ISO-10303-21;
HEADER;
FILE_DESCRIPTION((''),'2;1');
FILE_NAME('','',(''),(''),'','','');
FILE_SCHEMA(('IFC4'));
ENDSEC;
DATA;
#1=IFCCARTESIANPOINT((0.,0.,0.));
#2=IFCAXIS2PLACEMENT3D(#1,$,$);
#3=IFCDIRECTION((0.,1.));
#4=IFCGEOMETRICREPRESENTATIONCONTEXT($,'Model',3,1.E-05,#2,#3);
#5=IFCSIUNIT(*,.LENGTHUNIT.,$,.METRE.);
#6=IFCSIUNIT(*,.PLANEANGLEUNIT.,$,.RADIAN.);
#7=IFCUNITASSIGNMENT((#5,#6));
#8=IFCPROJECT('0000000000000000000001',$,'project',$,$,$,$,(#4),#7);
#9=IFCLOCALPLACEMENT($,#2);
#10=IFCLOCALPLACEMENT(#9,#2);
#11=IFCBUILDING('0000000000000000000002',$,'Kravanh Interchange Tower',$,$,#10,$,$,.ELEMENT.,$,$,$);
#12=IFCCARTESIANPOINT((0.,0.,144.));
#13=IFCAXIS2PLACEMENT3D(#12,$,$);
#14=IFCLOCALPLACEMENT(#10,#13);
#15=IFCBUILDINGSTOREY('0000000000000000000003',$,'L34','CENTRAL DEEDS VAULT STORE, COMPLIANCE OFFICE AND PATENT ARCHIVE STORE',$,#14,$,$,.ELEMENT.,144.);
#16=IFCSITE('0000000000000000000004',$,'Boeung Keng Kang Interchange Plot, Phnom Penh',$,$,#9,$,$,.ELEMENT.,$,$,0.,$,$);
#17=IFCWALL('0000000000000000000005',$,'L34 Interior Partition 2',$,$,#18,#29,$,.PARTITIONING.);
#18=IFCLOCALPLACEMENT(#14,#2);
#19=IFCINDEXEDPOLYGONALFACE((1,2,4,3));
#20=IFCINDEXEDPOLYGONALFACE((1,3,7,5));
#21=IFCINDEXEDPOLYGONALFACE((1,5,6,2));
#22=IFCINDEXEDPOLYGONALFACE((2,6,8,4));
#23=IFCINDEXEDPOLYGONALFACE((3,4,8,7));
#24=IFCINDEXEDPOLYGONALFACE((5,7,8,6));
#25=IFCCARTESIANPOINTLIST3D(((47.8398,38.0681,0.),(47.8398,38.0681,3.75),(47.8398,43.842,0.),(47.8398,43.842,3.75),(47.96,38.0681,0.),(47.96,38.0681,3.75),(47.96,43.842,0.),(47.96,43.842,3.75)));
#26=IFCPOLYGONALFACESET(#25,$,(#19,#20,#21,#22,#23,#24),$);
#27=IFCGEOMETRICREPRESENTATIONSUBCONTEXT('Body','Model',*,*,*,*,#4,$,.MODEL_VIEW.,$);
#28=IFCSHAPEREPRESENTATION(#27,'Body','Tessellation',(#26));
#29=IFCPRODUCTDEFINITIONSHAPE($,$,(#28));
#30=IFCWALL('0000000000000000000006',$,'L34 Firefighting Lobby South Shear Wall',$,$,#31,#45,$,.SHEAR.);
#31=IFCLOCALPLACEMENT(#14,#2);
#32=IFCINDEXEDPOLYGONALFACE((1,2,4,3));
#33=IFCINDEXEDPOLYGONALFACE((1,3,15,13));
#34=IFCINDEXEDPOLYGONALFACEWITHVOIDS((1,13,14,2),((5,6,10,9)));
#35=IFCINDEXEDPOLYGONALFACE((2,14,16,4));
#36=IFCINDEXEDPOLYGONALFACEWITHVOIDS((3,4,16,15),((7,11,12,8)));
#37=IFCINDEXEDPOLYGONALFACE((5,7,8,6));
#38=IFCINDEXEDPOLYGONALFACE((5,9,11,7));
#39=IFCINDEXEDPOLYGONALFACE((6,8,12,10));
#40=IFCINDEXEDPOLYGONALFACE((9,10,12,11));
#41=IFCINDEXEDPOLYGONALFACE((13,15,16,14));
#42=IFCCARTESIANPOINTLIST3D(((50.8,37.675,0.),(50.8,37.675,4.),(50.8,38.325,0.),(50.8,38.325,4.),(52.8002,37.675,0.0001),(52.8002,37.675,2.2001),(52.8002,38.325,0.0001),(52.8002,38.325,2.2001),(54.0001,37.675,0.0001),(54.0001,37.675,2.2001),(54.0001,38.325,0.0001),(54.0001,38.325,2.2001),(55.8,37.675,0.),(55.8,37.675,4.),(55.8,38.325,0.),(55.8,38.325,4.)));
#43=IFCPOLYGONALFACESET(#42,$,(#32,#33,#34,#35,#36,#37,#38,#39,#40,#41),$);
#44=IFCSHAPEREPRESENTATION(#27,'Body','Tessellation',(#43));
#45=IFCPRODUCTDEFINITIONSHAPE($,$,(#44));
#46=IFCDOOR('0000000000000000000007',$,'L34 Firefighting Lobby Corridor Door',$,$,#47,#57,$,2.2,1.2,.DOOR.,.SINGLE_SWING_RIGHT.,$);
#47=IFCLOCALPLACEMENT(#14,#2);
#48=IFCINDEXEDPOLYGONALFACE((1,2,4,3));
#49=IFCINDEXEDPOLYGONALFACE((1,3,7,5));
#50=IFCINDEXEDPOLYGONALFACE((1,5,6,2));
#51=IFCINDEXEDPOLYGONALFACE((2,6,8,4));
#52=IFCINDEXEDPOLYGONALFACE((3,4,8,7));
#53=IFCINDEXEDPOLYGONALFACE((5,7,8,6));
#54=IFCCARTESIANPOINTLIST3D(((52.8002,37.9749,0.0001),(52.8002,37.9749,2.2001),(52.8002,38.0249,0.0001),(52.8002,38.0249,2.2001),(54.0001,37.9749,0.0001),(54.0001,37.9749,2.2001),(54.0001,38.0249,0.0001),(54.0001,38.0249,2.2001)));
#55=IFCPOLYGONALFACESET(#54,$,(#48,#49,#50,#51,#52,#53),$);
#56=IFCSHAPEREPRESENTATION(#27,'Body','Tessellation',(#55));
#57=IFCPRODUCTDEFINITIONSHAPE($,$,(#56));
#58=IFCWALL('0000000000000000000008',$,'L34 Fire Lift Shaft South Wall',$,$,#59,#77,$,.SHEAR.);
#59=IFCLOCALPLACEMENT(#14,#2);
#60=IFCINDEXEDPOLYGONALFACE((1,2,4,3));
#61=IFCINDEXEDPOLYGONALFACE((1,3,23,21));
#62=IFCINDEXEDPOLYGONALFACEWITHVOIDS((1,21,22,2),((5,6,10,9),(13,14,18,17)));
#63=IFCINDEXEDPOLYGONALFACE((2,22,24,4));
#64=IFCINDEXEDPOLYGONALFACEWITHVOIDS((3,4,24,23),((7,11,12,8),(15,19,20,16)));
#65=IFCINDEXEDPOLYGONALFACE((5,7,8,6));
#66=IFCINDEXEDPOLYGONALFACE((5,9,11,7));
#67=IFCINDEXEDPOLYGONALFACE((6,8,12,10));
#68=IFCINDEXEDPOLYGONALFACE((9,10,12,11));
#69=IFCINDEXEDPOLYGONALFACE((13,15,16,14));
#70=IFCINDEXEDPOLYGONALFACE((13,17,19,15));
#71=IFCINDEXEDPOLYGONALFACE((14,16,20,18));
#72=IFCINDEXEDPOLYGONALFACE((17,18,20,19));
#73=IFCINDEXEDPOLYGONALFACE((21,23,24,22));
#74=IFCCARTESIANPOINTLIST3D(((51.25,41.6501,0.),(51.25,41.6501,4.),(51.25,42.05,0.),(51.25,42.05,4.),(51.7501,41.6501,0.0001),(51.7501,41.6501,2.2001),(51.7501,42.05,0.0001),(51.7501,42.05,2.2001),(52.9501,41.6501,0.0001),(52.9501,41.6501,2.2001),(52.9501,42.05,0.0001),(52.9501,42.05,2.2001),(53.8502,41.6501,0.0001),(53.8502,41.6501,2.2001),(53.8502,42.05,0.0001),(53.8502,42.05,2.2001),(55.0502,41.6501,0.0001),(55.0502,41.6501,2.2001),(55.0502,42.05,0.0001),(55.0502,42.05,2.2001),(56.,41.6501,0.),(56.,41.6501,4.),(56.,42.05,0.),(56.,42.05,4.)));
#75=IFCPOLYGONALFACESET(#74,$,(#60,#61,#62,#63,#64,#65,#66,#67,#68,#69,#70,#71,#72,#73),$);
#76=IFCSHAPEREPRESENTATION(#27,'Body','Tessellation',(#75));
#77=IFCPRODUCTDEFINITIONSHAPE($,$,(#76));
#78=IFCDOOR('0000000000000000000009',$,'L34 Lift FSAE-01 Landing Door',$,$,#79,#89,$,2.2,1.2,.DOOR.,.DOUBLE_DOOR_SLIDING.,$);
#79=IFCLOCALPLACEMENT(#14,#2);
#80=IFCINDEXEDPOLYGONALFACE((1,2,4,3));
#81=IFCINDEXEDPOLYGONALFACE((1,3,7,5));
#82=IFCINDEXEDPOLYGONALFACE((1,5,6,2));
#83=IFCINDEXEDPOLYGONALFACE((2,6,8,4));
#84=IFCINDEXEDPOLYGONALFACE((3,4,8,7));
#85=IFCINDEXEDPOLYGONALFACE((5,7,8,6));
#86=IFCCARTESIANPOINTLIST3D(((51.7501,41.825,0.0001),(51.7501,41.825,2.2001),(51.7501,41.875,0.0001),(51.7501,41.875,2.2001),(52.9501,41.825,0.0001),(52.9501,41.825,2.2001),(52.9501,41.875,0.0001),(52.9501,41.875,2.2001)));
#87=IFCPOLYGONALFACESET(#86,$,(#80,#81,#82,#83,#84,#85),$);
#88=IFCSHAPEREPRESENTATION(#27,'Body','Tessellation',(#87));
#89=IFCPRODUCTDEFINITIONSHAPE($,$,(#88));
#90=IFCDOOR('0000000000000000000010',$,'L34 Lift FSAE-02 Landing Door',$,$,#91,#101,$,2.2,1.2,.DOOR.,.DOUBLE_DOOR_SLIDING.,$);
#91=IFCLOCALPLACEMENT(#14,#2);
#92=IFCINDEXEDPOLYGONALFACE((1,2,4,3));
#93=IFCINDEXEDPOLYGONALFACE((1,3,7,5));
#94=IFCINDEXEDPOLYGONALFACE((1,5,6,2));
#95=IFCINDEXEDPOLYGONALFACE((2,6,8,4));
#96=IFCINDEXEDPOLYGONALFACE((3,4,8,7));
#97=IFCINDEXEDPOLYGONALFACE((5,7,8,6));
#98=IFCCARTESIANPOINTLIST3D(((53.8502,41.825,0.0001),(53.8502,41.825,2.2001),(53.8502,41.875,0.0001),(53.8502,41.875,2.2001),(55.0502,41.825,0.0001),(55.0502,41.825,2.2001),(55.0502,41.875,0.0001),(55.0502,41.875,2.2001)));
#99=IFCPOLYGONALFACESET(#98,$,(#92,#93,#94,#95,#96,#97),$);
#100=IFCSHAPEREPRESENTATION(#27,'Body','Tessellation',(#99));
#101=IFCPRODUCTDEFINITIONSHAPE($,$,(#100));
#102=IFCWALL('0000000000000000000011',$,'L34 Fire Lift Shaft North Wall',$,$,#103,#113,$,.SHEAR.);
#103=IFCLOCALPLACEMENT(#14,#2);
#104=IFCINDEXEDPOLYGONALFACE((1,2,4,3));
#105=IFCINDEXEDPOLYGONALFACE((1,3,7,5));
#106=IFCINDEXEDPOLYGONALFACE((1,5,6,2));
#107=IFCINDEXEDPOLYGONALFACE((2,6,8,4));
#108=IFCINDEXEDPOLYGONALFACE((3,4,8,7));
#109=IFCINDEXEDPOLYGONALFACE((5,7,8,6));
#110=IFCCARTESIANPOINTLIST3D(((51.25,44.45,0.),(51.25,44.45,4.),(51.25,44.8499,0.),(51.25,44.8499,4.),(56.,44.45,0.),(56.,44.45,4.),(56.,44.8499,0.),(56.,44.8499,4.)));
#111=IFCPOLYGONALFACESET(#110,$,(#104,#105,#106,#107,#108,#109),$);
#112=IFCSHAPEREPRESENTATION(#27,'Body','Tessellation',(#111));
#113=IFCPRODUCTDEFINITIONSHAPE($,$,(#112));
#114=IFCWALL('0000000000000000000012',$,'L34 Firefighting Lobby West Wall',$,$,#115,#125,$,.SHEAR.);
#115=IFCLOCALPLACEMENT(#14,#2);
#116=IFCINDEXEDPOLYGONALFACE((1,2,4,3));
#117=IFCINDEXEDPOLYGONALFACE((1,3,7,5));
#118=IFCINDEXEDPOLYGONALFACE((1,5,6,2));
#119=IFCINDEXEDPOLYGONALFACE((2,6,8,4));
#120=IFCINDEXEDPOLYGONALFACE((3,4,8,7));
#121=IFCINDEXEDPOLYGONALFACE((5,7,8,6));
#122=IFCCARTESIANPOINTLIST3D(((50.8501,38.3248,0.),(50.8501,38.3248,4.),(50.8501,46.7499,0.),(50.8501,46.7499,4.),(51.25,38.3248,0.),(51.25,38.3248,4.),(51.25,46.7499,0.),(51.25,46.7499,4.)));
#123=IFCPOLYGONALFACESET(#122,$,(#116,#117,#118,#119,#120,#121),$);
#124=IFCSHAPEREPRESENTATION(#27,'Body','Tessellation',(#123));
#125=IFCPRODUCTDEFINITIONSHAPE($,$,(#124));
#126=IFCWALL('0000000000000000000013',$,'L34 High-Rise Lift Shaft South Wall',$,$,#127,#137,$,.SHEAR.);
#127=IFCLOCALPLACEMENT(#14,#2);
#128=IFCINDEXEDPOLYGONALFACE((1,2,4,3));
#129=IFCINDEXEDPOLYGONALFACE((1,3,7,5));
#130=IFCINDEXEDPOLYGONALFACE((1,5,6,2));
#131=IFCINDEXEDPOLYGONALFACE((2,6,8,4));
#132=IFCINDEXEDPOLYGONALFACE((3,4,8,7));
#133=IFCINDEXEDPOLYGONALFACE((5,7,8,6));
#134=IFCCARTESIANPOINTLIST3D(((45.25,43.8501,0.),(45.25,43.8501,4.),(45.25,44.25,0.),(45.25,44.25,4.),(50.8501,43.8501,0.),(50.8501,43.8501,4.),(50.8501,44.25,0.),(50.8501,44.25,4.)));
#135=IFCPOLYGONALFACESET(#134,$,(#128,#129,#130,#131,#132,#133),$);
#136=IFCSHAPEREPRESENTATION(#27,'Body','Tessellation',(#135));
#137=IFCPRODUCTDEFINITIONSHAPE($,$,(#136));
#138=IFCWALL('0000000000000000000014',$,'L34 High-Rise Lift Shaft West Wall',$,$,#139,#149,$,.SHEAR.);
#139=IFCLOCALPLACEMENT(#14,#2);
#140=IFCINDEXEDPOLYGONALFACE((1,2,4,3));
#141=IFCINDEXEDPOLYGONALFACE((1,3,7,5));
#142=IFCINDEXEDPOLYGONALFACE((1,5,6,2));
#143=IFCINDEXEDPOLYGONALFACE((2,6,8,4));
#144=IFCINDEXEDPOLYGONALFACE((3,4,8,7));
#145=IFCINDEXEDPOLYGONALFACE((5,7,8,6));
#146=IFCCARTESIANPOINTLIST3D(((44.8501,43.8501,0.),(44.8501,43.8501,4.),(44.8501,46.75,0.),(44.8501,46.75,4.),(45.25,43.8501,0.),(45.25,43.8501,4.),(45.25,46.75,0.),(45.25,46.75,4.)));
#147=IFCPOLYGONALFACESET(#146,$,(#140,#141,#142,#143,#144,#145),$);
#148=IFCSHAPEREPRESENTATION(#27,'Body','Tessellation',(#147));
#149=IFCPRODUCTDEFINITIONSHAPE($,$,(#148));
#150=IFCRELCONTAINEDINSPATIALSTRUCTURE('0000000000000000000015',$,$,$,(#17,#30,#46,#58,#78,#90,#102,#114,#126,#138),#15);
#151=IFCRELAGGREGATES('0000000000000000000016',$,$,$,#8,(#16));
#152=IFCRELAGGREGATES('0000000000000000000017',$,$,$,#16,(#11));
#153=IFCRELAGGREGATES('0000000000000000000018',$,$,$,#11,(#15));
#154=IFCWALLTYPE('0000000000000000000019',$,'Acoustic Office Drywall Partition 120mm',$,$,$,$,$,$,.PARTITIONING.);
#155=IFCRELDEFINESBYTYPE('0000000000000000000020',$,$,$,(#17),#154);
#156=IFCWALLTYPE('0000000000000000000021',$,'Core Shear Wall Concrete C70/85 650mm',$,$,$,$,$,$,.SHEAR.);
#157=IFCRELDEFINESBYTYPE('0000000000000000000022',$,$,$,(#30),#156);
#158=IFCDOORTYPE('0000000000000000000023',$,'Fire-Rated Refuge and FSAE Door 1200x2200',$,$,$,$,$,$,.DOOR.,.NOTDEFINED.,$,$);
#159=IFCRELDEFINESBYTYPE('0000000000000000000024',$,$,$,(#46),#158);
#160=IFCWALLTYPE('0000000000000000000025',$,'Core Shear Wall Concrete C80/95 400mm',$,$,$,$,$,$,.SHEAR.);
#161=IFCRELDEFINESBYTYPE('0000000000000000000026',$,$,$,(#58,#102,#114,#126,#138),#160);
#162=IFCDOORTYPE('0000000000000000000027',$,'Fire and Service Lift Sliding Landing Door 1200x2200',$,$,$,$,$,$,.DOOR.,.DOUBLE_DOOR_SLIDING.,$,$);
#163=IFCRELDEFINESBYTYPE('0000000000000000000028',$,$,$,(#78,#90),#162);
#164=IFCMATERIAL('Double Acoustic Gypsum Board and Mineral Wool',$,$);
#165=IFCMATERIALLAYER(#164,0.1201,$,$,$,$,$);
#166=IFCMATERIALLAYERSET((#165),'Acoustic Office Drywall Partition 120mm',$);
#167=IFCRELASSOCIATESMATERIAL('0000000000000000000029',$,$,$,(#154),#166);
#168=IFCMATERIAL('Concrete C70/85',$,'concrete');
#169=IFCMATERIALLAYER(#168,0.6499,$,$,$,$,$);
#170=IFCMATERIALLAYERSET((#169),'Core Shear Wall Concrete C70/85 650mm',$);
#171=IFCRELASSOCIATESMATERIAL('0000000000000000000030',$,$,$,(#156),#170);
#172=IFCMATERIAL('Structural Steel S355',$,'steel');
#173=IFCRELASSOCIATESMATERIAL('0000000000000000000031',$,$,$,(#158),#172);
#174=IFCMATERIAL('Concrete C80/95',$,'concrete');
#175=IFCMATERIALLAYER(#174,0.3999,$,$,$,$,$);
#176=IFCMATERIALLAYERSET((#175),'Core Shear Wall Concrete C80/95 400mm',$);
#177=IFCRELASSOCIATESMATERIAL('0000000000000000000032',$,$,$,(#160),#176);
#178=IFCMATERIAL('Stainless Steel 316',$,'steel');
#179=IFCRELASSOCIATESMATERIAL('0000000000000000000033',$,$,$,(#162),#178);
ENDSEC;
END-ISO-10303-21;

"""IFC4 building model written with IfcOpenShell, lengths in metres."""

from ifc_helpers import new_model, si_unit, direction, frame, frame_2d, origin, place, context, subcontext, project, spatial, rectangle, extrude, material, layer, layer_set, type_object, element, fill, save


model = new_model("IFC4")

# Units and contexts
model_context = context("Model", 3, precision=1e-05, world=origin(), true_north=direction((0.0, 1.0)))
body_context = subcontext(model_context, "Body", "Model", "MODEL_VIEW")
ifc_project = project(units=[si_unit("LENGTHUNIT", "METRE"), si_unit("PLANEANGLEUNIT", "RADIAN")], contexts=[model_context])

# Site, building, storey
site_placement = place(None, origin())
site = spatial("IfcSite", under=ifc_project, at=site_placement, Name="Boeung Keng Kang Interchange Plot, Phnom Penh", CompositionType="ELEMENT", RefElevation=0.0)
building_placement = place(site_placement, origin())
building = spatial("IfcBuilding", under=site, at=building_placement, Name="Kravanh Interchange Tower", CompositionType="ELEMENT")
storey_placement = place(building_placement, frame((0.0, 0.0, 144.0)))
storey = spatial("IfcBuildingStorey", under=building, at=storey_placement, Name="L34", Description="CENTRAL DEEDS VAULT STORE, COMPLIANCE OFFICE AND PATENT ARCHIVE STORE", CompositionType="ELEMENT", Elevation=144.0)

# Wall
ifc_material_1 = material(Name="Double Acoustic Gypsum Board and Mineral Wool")
ifc_layer_1 = layer(ifc_material_1, 0.1201)
ifc_layer_set_1 = layer_set([ifc_layer_1], Name="Acoustic Office Drywall Partition 120mm")
wall_type_1 = type_object("IfcWallType", Name="Acoustic Office Drywall Partition 120mm", PredefinedType="PARTITIONING", material=ifc_layer_set_1)
wall_1_placement = place(storey_placement, frame((47.8999, 38.0681, 0.0), z_axis=(0.0, 0.0, 1.0), x_axis=(0.0, 1.0, 0.0)))
element("IfcWall", 1, at=wall_1_placement, inside=storey, type_object=wall_type_1, Name="L34 Interior Partition 2", PredefinedType="PARTITIONING", context=body_context, shape_type="SweptSolid", body=[
    extrude(rectangle(XDim=5.7739, YDim=0.1201, at=frame_2d((2.887, 0.0))), origin(), (0.0, 0.0, 1.0), 3.75),
])

# Shared definitions
ifc_material_2 = material(Name="Concrete C70/85", Category="concrete")
ifc_layer_2 = layer(ifc_material_2, 0.6499)
ifc_layer_set_2 = layer_set([ifc_layer_2], Name="Core Shear Wall Concrete C70/85 650mm")
wall_type_2 = type_object("IfcWallType", Name="Core Shear Wall Concrete C70/85 650mm", PredefinedType="SHEAR", material=ifc_layer_set_2)

# Wall, opening, door
wall_2_placement = place(storey_placement, frame((50.8, 38.0, 0.0), z_axis=(0.0, 0.0, 1.0), x_axis=(1.0, 0.0, 0.0)))
wall_2 = element("IfcWall", 2, at=wall_2_placement, inside=storey, type_object=wall_type_2, Name="L34 Firefighting Lobby South Shear Wall", PredefinedType="SHEAR", context=body_context, shape_type="SweptSolid", body=[
    extrude(rectangle(XDim=5.0, YDim=0.6499, at=frame_2d((2.5, 0.0))), origin(), (0.0, 0.0, 1.0), 4.0),
])
opening_1_placement = place(wall_2_placement, frame((2.0, 0.0, 0.0)))
opening_1 = element("IfcOpeningElement", 3, at=opening_1_placement, cuts=wall_2, PredefinedType="OPENING", context=body_context, shape_type="SweptSolid", body=[
    extrude(rectangle(XDim=1.2, YDim=2.2, at=frame_2d((0.6001, 1.1001))), frame((0.0, 0.335, 0.0), z_axis=(0.0, -1.0, 0.0), x_axis=(1.0, 0.0, 0.0)), (0.0, 0.0, 1.0), 0.6699),
])
ifc_material_3 = material(Name="Structural Steel S355", Category="steel")
door_type_1 = type_object("IfcDoorType", Name="Fire-Rated Refuge and FSAE Door 1200x2200", OperationType="NOTDEFINED", PredefinedType="DOOR", material=ifc_material_3)
door_1_placement = place(opening_1_placement, origin())
door_1 = element("IfcDoor", 4, at=door_1_placement, inside=storey, type_object=door_type_1, Name="L34 Firefighting Lobby Corridor Door", OperationType="SINGLE_SWING_RIGHT", OverallHeight=2.2, OverallWidth=1.2, PredefinedType="DOOR", context=body_context, shape_type="SweptSolid", body=[
    extrude(rectangle(XDim=1.2, YDim=2.2, at=frame_2d((0.6001, 1.1001))), frame((0.0, 0.0249, 0.0), z_axis=(0.0, -1.0, 0.0), x_axis=(1.0, 0.0, 0.0)), (0.0, 0.0, 1.0), 0.05),
])
fill(opening_1, door_1)

# Wall, openings, doors
ifc_material_4 = material(Name="Concrete C80/95", Category="concrete")
ifc_layer_3 = layer(ifc_material_4, 0.3999)
ifc_layer_set_3 = layer_set([ifc_layer_3], Name="Core Shear Wall Concrete C80/95 400mm")
wall_type_3 = type_object("IfcWallType", Name="Core Shear Wall Concrete C80/95 400mm", PredefinedType="SHEAR", material=ifc_layer_set_3)
wall_3_placement = place(storey_placement, frame((51.25, 41.8501, 0.0), z_axis=(0.0, 0.0, 1.0), x_axis=(1.0, 0.0, 0.0)))
wall_3 = element("IfcWall", 5, at=wall_3_placement, inside=storey, type_object=wall_type_3, Name="L34 Fire Lift Shaft South Wall", PredefinedType="SHEAR", context=body_context, shape_type="SweptSolid", body=[
    extrude(rectangle(XDim=4.75, YDim=0.3999, at=frame_2d((2.375, 0.0))), origin(), (0.0, 0.0, 1.0), 4.0),
])
opening_2_placement = place(wall_3_placement, frame((0.5, 0.0, 0.0)))
opening_2 = element("IfcOpeningElement", 6, at=opening_2_placement, cuts=wall_3, PredefinedType="OPENING", context=body_context, shape_type="SweptSolid", body=[
    extrude(rectangle(XDim=1.2, YDim=2.2, at=frame_2d((0.6001, 1.1001))), frame((0.0, 0.21, 0.0), z_axis=(0.0, -1.0, 0.0), x_axis=(1.0, 0.0, 0.0)), (0.0, 0.0, 1.0), 0.4199),
])
opening_3_placement = place(wall_3_placement, frame((2.6001, 0.0, 0.0)))
opening_3 = element("IfcOpeningElement", 7, at=opening_3_placement, cuts=wall_3, PredefinedType="OPENING", context=body_context, shape_type="SweptSolid", body=[
    extrude(rectangle(XDim=1.2, YDim=2.2, at=frame_2d((0.6001, 1.1001))), frame((0.0, 0.21, 0.0), z_axis=(0.0, -1.0, 0.0), x_axis=(1.0, 0.0, 0.0)), (0.0, 0.0, 1.0), 0.4199),
])
ifc_material_5 = material(Name="Stainless Steel 316", Category="steel")
door_type_2 = type_object("IfcDoorType", Name="Fire and Service Lift Sliding Landing Door 1200x2200", OperationType="DOUBLE_DOOR_SLIDING", PredefinedType="DOOR", material=ifc_material_5)
door_2_placement = place(opening_2_placement, origin())
door_2 = element("IfcDoor", 8, at=door_2_placement, inside=storey, type_object=door_type_2, Name="L34 Lift FSAE-01 Landing Door", OperationType="DOUBLE_DOOR_SLIDING", OverallHeight=2.2, OverallWidth=1.2, PredefinedType="DOOR", context=body_context, shape_type="SweptSolid", body=[
    extrude(rectangle(XDim=1.2, YDim=2.2, at=frame_2d((0.6001, 1.1001))), frame((0.0, 0.0249, 0.0), z_axis=(0.0, -1.0, 0.0), x_axis=(1.0, 0.0, 0.0)), (0.0, 0.0, 1.0), 0.05),
])
fill(opening_2, door_2)
door_3_placement = place(opening_3_placement, origin())
door_3 = element("IfcDoor", 9, at=door_3_placement, inside=storey, type_object=door_type_2, Name="L34 Lift FSAE-02 Landing Door", OperationType="DOUBLE_DOOR_SLIDING", OverallHeight=2.2, OverallWidth=1.2, PredefinedType="DOOR", context=body_context, shape_type="SweptSolid", body=[
    extrude(rectangle(XDim=1.2, YDim=2.2, at=frame_2d((0.6001, 1.1001))), frame((0.0, 0.0249, 0.0), z_axis=(0.0, -1.0, 0.0), x_axis=(1.0, 0.0, 0.0)), (0.0, 0.0, 1.0), 0.05),
])
fill(opening_3, door_3)

# Walls
wall_4_placement = place(storey_placement, frame((51.25, 44.6499, 0.0), z_axis=(0.0, 0.0, 1.0), x_axis=(1.0, 0.0, 0.0)))
element("IfcWall", 10, at=wall_4_placement, inside=storey, type_object=wall_type_3, Name="L34 Fire Lift Shaft North Wall", PredefinedType="SHEAR", context=body_context, shape_type="SweptSolid", body=[
    extrude(rectangle(XDim=4.75, YDim=0.3999, at=frame_2d((2.375, 0.0))), origin(), (0.0, 0.0, 1.0), 4.0),
])
wall_5_placement = place(storey_placement, frame((51.05, 38.325, 0.0), z_axis=(0.0, 0.0, 1.0), x_axis=(0.0, 1.0, 0.0)))
element("IfcWall", 11, at=wall_5_placement, inside=storey, type_object=wall_type_3, Name="L34 Firefighting Lobby West Wall", PredefinedType="SHEAR", context=body_context, shape_type="SweptSolid", body=[
    extrude(rectangle(XDim=8.425, YDim=0.3999, at=frame_2d((4.2124, 0.0))), origin(), (0.0, 0.0, 1.0), 4.0),
])
wall_6_placement = place(storey_placement, frame((45.25, 44.05, 0.0), z_axis=(0.0, 0.0, 1.0), x_axis=(1.0, 0.0, 0.0)))
element("IfcWall", 12, at=wall_6_placement, inside=storey, type_object=wall_type_3, Name="L34 High-Rise Lift Shaft South Wall", PredefinedType="SHEAR", context=body_context, shape_type="SweptSolid", body=[
    extrude(rectangle(XDim=5.6001, YDim=0.3999, at=frame_2d((2.8, 0.0))), origin(), (0.0, 0.0, 1.0), 4.0),
])
wall_7_placement = place(storey_placement, frame((45.05, 43.8501, 0.0), z_axis=(0.0, 0.0, 1.0), x_axis=(0.0, 1.0, 0.0)))
element("IfcWall", 13, at=wall_7_placement, inside=storey, type_object=wall_type_3, Name="L34 High-Rise Lift Shaft West Wall", PredefinedType="SHEAR", context=body_context, shape_type="SweptSolid", body=[
    extrude(rectangle(XDim=2.8999, YDim=0.3999, at=frame_2d((1.45, 0.0))), origin(), (0.0, 0.0, 1.0), 4.0),
])

save(model, "model.ifc")
